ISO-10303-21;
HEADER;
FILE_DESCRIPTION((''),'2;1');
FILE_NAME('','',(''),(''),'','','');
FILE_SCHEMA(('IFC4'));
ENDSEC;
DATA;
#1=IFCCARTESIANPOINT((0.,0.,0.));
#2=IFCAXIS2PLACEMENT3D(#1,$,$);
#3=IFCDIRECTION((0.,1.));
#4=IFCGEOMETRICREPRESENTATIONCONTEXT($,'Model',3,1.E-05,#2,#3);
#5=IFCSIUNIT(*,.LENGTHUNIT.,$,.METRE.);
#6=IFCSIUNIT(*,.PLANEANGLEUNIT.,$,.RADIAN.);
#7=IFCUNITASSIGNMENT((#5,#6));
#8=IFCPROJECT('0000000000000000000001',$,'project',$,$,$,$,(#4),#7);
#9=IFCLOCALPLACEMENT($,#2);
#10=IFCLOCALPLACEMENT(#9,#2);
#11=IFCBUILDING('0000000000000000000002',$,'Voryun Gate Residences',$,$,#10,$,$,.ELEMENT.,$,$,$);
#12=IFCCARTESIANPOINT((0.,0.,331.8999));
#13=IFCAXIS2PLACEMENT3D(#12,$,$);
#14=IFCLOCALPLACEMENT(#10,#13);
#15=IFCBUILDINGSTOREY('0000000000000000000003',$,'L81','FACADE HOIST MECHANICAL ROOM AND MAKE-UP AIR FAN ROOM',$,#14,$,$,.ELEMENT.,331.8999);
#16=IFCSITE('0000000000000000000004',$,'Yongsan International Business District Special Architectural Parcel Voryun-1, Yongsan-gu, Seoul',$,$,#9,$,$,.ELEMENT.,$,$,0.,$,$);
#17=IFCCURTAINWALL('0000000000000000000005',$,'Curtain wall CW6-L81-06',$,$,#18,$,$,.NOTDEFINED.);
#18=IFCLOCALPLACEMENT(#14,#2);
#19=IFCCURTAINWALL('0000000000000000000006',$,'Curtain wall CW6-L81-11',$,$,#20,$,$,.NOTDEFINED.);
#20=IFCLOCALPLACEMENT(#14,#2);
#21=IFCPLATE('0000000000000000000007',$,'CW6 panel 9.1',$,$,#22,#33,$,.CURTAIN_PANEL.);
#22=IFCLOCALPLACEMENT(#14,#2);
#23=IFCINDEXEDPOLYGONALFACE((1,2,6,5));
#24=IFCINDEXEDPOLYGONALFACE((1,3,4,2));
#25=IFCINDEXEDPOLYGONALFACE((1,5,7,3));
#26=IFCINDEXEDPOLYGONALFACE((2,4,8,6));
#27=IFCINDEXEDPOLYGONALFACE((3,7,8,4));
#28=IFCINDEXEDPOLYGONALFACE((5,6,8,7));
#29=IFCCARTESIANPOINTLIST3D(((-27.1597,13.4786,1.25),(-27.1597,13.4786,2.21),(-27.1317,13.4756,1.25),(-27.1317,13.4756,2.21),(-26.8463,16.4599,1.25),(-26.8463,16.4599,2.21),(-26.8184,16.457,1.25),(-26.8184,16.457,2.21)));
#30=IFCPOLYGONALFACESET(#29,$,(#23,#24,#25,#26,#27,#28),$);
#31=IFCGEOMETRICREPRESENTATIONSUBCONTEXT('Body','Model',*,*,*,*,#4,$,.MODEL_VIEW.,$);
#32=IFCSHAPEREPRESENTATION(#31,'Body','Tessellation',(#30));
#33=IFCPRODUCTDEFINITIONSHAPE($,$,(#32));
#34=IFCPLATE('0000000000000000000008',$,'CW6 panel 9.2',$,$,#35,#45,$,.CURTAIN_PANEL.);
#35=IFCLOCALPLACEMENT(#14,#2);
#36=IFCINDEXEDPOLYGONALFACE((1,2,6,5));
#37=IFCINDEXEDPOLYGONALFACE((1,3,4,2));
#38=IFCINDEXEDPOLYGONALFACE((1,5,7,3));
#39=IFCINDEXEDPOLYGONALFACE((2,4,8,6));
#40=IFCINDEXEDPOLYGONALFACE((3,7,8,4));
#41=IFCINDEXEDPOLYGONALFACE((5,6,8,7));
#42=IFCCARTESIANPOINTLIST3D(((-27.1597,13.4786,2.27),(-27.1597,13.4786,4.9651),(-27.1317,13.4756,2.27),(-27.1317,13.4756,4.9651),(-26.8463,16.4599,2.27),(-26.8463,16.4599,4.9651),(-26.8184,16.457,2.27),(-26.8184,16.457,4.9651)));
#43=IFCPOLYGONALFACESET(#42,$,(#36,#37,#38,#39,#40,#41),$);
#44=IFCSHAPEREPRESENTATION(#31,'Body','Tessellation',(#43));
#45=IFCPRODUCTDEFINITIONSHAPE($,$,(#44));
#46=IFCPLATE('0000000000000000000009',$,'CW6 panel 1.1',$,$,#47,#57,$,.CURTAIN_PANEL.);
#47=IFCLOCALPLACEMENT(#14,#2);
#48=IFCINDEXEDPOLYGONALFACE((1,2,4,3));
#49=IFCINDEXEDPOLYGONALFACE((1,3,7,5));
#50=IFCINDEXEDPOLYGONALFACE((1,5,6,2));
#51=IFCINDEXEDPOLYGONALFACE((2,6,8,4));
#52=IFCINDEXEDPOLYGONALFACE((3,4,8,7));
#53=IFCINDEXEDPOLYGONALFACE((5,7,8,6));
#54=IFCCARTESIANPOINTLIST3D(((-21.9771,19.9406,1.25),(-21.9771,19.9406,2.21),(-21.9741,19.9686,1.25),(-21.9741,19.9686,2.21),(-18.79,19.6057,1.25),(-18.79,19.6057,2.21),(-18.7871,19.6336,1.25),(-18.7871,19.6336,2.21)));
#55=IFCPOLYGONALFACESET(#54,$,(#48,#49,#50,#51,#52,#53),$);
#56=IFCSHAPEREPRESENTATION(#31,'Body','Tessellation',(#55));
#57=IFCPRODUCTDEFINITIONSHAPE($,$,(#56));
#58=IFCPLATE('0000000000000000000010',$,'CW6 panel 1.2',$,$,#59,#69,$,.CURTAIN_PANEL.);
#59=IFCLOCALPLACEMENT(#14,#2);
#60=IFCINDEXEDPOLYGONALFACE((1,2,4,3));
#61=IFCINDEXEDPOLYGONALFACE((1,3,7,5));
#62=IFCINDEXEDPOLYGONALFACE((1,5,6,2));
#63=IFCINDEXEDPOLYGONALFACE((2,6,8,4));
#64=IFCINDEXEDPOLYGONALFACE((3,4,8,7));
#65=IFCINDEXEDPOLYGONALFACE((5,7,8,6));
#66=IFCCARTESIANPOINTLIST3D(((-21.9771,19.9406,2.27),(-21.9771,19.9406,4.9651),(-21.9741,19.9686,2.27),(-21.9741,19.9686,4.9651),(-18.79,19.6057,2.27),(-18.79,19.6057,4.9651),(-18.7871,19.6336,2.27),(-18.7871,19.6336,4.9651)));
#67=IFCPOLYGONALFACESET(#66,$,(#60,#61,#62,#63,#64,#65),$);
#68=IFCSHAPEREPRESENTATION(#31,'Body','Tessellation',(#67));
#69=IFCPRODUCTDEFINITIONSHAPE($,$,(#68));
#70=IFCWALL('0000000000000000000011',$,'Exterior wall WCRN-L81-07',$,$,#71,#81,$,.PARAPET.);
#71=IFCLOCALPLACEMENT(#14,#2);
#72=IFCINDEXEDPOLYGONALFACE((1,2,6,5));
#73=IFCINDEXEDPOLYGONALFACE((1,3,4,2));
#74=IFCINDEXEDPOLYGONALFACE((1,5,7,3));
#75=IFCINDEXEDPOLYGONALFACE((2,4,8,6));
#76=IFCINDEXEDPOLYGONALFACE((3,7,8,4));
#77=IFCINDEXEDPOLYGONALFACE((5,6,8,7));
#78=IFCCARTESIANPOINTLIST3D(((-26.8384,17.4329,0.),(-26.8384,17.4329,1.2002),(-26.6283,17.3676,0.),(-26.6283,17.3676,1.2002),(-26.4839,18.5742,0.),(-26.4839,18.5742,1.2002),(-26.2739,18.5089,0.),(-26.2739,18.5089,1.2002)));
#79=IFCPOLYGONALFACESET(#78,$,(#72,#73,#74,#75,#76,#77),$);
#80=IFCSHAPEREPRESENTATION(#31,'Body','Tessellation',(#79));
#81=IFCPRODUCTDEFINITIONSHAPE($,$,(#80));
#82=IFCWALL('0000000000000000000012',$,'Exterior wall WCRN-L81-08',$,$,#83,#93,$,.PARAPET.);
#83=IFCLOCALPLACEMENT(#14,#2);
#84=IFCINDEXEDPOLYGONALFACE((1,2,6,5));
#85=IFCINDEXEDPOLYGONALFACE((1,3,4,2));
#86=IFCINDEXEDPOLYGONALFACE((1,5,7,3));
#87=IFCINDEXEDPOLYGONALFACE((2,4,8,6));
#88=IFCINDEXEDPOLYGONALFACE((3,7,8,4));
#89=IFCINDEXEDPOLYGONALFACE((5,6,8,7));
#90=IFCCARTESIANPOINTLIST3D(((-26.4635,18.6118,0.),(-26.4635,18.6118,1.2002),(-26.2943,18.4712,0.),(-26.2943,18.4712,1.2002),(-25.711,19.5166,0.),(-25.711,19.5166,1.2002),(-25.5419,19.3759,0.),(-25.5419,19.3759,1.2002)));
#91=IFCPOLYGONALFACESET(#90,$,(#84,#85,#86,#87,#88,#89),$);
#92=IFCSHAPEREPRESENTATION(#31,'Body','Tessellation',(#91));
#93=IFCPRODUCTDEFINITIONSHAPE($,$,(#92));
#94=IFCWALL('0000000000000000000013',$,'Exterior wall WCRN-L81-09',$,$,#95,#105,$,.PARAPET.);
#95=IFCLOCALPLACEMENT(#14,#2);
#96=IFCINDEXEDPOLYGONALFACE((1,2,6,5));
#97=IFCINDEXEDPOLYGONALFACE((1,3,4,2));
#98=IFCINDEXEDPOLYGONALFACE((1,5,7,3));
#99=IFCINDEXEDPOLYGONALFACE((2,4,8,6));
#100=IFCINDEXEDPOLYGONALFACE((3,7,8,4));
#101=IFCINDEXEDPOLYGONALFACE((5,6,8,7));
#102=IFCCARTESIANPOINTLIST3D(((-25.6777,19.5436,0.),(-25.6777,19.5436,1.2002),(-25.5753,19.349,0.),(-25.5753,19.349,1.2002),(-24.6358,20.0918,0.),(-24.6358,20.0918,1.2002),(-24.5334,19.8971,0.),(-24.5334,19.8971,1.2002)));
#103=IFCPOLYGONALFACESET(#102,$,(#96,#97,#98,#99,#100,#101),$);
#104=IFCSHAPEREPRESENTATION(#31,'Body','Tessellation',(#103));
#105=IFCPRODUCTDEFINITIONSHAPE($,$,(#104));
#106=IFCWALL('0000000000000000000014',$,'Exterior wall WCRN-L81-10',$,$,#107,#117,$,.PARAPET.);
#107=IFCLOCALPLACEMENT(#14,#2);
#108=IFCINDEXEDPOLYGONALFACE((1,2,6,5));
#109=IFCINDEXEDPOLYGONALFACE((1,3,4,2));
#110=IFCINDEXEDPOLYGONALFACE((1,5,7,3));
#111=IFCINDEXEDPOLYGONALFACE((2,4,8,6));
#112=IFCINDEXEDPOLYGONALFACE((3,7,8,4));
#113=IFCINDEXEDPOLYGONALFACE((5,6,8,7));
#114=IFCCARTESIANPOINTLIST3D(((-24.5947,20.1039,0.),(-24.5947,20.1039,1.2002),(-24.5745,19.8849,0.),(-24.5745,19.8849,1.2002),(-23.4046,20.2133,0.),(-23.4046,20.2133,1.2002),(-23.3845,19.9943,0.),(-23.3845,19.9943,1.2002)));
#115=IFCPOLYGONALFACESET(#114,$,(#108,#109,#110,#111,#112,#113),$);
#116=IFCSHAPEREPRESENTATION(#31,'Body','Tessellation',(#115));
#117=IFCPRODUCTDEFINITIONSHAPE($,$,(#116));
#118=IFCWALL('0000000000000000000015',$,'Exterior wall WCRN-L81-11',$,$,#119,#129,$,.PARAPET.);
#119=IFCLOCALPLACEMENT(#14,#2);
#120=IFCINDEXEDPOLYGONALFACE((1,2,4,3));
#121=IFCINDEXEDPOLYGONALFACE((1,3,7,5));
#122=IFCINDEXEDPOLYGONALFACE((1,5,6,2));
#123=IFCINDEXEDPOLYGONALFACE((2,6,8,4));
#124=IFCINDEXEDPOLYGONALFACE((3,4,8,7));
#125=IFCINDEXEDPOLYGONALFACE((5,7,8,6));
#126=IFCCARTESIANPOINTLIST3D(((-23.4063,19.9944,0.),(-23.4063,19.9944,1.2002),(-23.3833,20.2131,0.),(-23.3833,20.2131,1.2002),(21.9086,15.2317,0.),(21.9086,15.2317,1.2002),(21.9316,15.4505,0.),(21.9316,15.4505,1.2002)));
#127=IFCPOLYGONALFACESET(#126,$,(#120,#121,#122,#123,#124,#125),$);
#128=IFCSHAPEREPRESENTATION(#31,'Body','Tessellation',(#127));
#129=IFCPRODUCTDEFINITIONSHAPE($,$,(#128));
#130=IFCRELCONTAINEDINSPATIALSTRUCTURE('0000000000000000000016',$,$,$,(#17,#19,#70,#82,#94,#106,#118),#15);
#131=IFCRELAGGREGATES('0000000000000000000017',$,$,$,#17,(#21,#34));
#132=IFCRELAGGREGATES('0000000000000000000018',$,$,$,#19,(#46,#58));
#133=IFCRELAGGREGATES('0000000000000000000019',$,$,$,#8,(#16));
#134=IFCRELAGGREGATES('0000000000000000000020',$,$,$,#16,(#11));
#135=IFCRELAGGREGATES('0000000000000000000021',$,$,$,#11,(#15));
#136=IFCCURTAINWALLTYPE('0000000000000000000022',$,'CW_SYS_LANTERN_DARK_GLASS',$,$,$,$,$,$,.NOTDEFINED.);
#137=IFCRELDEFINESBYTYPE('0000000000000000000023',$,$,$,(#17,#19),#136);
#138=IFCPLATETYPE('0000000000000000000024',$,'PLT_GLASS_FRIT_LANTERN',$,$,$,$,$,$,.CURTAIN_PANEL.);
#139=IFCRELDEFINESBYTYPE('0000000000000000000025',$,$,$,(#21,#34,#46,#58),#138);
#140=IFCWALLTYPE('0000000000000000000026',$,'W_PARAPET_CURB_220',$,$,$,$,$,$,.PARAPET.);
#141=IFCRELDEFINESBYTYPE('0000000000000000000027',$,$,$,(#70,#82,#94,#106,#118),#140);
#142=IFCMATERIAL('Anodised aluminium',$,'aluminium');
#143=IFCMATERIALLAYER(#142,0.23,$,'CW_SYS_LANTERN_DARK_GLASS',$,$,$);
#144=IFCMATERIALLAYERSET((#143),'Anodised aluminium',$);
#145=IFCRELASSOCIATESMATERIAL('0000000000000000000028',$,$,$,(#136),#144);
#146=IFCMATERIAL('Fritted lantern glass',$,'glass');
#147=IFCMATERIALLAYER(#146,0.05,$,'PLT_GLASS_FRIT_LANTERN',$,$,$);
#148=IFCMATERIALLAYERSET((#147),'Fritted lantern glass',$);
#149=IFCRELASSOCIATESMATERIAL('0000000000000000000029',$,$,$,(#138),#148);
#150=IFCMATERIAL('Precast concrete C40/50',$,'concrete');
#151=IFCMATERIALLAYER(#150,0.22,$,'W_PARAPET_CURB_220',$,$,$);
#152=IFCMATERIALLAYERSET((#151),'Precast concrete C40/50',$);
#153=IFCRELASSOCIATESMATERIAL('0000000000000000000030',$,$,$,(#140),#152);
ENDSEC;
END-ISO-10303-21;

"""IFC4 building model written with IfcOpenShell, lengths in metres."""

from ifc_helpers import new_model, si_unit, direction, frame, frame_2d, origin, origin_2d, place, context, subcontext, project, spatial, rectangle, extrude, material, layer, layer_set, type_object, element, aggregate, save


model = new_model("IFC4")

# Units and contexts
model_context = context("Model", 3, precision=1e-05, world=origin(), true_north=direction((0.0, 1.0)))
body_context = subcontext(model_context, "Body", "Model", "MODEL_VIEW")
ifc_project = project(units=[si_unit("LENGTHUNIT", "METRE"), si_unit("PLANEANGLEUNIT", "RADIAN")], contexts=[model_context])

# Site, building, storey
site_placement = place(None, origin())
site = spatial("IfcSite", under=ifc_project, at=site_placement, Name="Yongsan International Business District Special Architectural Parcel Voryun-1, Yongsan-gu, Seoul", CompositionType="ELEMENT", RefElevation=0.0)
building_placement = place(site_placement, origin())
building = spatial("IfcBuilding", under=site, at=building_placement, Name="Voryun Gate Residences", CompositionType="ELEMENT")
storey_placement = place(building_placement, frame((0.0, 0.0, 331.8999)))
storey = spatial("IfcBuildingStorey", under=building, at=storey_placement, Name="L81", Description="FACADE HOIST MECHANICAL ROOM AND MAKE-UP AIR FAN ROOM", CompositionType="ELEMENT", Elevation=331.8999)

# Curtain wall
ifc_material_1 = material(Name="Anodised aluminium", Category="aluminium")
ifc_layer_1 = layer(ifc_material_1, 0.23, Name="CW_SYS_LANTERN_DARK_GLASS")
ifc_layer_set_1 = layer_set([ifc_layer_1], Name="Anodised aluminium")
curtain_wall_type = type_object("IfcCurtainWallType", Name="CW_SYS_LANTERN_DARK_GLASS", PredefinedType="NOTDEFINED", material=ifc_layer_set_1)
curtain_wall_1_placement = place(storey_placement, origin())
curtain_wall_1 = element("IfcCurtainWall", 1, at=curtain_wall_1_placement, inside=storey, type_object=curtain_wall_type, Name="Curtain wall CW6-L81-06", PredefinedType="NOTDEFINED")

# Curtain wall
curtain_wall_2_placement = place(storey_placement, origin())
curtain_wall_2 = element("IfcCurtainWall", 2, at=curtain_wall_2_placement, inside=storey, type_object=curtain_wall_type, Name="Curtain wall CW6-L81-11", PredefinedType="NOTDEFINED")

# Plates
ifc_material_2 = material(Name="Fritted lantern glass", Category="glass")
ifc_layer_2 = layer(ifc_material_2, 0.05, Name="PLT_GLASS_FRIT_LANTERN")
ifc_layer_set_2 = layer_set([ifc_layer_2], Name="Fritted lantern glass")
plate_type_1 = type_object("IfcPlateType", Name="PLT_GLASS_FRIT_LANTERN", PredefinedType="CURTAIN_PANEL", material=ifc_layer_set_2)
plate_1_placement = place(storey_placement, frame((-26.989, 14.9678, 1.25), z_axis=(0.0, 0.0, 1.0), x_axis=(0.104528, 0.994522, 0.0)))
plate_1 = element("IfcPlate", 3, at=plate_1_placement, type_object=plate_type_1, Name="CW6 panel 9.1", PredefinedType="CURTAIN_PANEL", context=body_context, shape_type="SweptSolid", body=[
    extrude(rectangle(XDim=2.9978, YDim=0.0281, at=origin_2d()), origin(), (0.0, 0.0, 1.0), 0.96),
])
plate_2_placement = place(storey_placement, frame((-26.989, 14.9678, 2.27), z_axis=(0.0, 0.0, 1.0), x_axis=(0.104528, 0.994522, 0.0)))
plate_2 = element("IfcPlate", 4, at=plate_2_placement, type_object=plate_type_1, Name="CW6 panel 9.2", PredefinedType="CURTAIN_PANEL", context=body_context, shape_type="SweptSolid", body=[
    extrude(rectangle(XDim=2.9978, YDim=0.0281, at=origin_2d()), origin(), (0.0, 0.0, 1.0), 2.6951),
])
aggregate(curtain_wall_1, [plate_1, plate_2])
plate_3_placement = place(storey_placement, frame((-20.3821, 19.7871, 1.25), z_axis=(0.0, 0.0, 1.0), x_axis=(0.994522, -0.104528, 0.0)))
plate_3 = element("IfcPlate", 5, at=plate_3_placement, type_object=plate_type_1, Name="CW6 panel 1.1", PredefinedType="CURTAIN_PANEL", context=body_context, shape_type="SweptSolid", body=[
    extrude(rectangle(XDim=3.2046, YDim=0.0281, at=origin_2d()), origin(), (0.0, 0.0, 1.0), 0.96),
])
plate_4_placement = place(storey_placement, frame((-20.3821, 19.7871, 2.27), z_axis=(0.0, 0.0, 1.0), x_axis=(0.994522, -0.104528, 0.0)))
plate_4 = element("IfcPlate", 6, at=plate_4_placement, type_object=plate_type_1, Name="CW6 panel 1.2", PredefinedType="CURTAIN_PANEL", context=body_context, shape_type="SweptSolid", body=[
    extrude(rectangle(XDim=3.2046, YDim=0.0281, at=origin_2d()), origin(), (0.0, 0.0, 1.0), 2.6951),
])
aggregate(curtain_wall_2, [plate_3, plate_4])

# Walls
ifc_material_3 = material(Name="Precast concrete C40/50", Category="concrete")
ifc_layer_3 = layer(ifc_material_3, 0.22, Name="W_PARAPET_CURB_220")
ifc_layer_set_3 = layer_set([ifc_layer_3], Name="Precast concrete C40/50")
wall_type = type_object("IfcWallType", Name="W_PARAPET_CURB_220", PredefinedType="PARAPET", material=ifc_layer_set_3)
wall_1_placement = place(storey_placement, frame((-26.7334, 17.4001, 0.0), z_axis=(0.0, 0.0, 1.0), x_axis=(0.296611, 0.954998, 0.0)))
element("IfcWall", 7, at=wall_1_placement, inside=storey, type_object=wall_type, Name="Exterior wall WCRN-L81-07", PredefinedType="PARAPET", context=body_context, shape_type="SweptSolid", body=[
    extrude(rectangle(XDim=1.1951, YDim=0.22, at=frame_2d((0.5977, 0.0))), origin(), (0.0, 0.0, 1.0), 1.2002),
])
wall_2_placement = place(storey_placement, frame((-26.3789, 18.5415, 0.0), z_axis=(0.0, 0.0, 1.0), x_axis=(0.639409, 0.768867, 0.0)))
element("IfcWall", 8, at=wall_2_placement, inside=storey, type_object=wall_type, Name="Exterior wall WCRN-L81-08", PredefinedType="PARAPET", context=body_context, shape_type="SweptSolid", body=[
    extrude(rectangle(XDim=1.1768, YDim=0.22, at=frame_2d((0.5884, 0.0))), origin(), (0.0, 0.0, 1.0), 1.2002),
])
wall_3_placement = place(storey_placement, frame((-25.6265, 19.4463, 0.0), z_axis=(0.0, 0.0, 1.0), x_axis=(0.884986, 0.465618, 0.0)))
element("IfcWall", 9, at=wall_3_placement, inside=storey, type_object=wall_type, Name="Exterior wall WCRN-L81-09", PredefinedType="PARAPET", context=body_context, shape_type="SweptSolid", body=[
    extrude(rectangle(XDim=1.1772, YDim=0.22, at=frame_2d((0.5886, 0.0))), origin(), (0.0, 0.0, 1.0), 1.2002),
])
wall_4_placement = place(storey_placement, frame((-24.5847, 19.9944, 0.0), z_axis=(0.0, 0.0, 1.0), x_axis=(0.995802, 0.09153, 0.0)))
element("IfcWall", 10, at=wall_4_placement, inside=storey, type_object=wall_type, Name="Exterior wall WCRN-L81-10", PredefinedType="PARAPET", context=body_context, shape_type="SweptSolid", body=[
    extrude(rectangle(XDim=1.1951, YDim=0.22, at=frame_2d((0.5977, 0.0))), origin(), (0.0, 0.0, 1.0), 1.2002),
])
wall_5_placement = place(storey_placement, frame((-23.3948, 20.1038, 0.0), z_axis=(0.0, 0.0, 1.0), x_axis=(0.994522, -0.104526, 0.0)))
element("IfcWall", 11, at=wall_5_placement, inside=storey, type_object=wall_type, Name="Exterior wall WCRN-L81-11", PredefinedType="PARAPET", context=body_context, shape_type="SweptSolid", body=[
    extrude(rectangle(XDim=45.5645, YDim=0.22, at=frame_2d((22.7822, 0.0))), origin(), (0.0, 0.0, 1.0), 1.2002),
])

save(model, "model.ifc")
